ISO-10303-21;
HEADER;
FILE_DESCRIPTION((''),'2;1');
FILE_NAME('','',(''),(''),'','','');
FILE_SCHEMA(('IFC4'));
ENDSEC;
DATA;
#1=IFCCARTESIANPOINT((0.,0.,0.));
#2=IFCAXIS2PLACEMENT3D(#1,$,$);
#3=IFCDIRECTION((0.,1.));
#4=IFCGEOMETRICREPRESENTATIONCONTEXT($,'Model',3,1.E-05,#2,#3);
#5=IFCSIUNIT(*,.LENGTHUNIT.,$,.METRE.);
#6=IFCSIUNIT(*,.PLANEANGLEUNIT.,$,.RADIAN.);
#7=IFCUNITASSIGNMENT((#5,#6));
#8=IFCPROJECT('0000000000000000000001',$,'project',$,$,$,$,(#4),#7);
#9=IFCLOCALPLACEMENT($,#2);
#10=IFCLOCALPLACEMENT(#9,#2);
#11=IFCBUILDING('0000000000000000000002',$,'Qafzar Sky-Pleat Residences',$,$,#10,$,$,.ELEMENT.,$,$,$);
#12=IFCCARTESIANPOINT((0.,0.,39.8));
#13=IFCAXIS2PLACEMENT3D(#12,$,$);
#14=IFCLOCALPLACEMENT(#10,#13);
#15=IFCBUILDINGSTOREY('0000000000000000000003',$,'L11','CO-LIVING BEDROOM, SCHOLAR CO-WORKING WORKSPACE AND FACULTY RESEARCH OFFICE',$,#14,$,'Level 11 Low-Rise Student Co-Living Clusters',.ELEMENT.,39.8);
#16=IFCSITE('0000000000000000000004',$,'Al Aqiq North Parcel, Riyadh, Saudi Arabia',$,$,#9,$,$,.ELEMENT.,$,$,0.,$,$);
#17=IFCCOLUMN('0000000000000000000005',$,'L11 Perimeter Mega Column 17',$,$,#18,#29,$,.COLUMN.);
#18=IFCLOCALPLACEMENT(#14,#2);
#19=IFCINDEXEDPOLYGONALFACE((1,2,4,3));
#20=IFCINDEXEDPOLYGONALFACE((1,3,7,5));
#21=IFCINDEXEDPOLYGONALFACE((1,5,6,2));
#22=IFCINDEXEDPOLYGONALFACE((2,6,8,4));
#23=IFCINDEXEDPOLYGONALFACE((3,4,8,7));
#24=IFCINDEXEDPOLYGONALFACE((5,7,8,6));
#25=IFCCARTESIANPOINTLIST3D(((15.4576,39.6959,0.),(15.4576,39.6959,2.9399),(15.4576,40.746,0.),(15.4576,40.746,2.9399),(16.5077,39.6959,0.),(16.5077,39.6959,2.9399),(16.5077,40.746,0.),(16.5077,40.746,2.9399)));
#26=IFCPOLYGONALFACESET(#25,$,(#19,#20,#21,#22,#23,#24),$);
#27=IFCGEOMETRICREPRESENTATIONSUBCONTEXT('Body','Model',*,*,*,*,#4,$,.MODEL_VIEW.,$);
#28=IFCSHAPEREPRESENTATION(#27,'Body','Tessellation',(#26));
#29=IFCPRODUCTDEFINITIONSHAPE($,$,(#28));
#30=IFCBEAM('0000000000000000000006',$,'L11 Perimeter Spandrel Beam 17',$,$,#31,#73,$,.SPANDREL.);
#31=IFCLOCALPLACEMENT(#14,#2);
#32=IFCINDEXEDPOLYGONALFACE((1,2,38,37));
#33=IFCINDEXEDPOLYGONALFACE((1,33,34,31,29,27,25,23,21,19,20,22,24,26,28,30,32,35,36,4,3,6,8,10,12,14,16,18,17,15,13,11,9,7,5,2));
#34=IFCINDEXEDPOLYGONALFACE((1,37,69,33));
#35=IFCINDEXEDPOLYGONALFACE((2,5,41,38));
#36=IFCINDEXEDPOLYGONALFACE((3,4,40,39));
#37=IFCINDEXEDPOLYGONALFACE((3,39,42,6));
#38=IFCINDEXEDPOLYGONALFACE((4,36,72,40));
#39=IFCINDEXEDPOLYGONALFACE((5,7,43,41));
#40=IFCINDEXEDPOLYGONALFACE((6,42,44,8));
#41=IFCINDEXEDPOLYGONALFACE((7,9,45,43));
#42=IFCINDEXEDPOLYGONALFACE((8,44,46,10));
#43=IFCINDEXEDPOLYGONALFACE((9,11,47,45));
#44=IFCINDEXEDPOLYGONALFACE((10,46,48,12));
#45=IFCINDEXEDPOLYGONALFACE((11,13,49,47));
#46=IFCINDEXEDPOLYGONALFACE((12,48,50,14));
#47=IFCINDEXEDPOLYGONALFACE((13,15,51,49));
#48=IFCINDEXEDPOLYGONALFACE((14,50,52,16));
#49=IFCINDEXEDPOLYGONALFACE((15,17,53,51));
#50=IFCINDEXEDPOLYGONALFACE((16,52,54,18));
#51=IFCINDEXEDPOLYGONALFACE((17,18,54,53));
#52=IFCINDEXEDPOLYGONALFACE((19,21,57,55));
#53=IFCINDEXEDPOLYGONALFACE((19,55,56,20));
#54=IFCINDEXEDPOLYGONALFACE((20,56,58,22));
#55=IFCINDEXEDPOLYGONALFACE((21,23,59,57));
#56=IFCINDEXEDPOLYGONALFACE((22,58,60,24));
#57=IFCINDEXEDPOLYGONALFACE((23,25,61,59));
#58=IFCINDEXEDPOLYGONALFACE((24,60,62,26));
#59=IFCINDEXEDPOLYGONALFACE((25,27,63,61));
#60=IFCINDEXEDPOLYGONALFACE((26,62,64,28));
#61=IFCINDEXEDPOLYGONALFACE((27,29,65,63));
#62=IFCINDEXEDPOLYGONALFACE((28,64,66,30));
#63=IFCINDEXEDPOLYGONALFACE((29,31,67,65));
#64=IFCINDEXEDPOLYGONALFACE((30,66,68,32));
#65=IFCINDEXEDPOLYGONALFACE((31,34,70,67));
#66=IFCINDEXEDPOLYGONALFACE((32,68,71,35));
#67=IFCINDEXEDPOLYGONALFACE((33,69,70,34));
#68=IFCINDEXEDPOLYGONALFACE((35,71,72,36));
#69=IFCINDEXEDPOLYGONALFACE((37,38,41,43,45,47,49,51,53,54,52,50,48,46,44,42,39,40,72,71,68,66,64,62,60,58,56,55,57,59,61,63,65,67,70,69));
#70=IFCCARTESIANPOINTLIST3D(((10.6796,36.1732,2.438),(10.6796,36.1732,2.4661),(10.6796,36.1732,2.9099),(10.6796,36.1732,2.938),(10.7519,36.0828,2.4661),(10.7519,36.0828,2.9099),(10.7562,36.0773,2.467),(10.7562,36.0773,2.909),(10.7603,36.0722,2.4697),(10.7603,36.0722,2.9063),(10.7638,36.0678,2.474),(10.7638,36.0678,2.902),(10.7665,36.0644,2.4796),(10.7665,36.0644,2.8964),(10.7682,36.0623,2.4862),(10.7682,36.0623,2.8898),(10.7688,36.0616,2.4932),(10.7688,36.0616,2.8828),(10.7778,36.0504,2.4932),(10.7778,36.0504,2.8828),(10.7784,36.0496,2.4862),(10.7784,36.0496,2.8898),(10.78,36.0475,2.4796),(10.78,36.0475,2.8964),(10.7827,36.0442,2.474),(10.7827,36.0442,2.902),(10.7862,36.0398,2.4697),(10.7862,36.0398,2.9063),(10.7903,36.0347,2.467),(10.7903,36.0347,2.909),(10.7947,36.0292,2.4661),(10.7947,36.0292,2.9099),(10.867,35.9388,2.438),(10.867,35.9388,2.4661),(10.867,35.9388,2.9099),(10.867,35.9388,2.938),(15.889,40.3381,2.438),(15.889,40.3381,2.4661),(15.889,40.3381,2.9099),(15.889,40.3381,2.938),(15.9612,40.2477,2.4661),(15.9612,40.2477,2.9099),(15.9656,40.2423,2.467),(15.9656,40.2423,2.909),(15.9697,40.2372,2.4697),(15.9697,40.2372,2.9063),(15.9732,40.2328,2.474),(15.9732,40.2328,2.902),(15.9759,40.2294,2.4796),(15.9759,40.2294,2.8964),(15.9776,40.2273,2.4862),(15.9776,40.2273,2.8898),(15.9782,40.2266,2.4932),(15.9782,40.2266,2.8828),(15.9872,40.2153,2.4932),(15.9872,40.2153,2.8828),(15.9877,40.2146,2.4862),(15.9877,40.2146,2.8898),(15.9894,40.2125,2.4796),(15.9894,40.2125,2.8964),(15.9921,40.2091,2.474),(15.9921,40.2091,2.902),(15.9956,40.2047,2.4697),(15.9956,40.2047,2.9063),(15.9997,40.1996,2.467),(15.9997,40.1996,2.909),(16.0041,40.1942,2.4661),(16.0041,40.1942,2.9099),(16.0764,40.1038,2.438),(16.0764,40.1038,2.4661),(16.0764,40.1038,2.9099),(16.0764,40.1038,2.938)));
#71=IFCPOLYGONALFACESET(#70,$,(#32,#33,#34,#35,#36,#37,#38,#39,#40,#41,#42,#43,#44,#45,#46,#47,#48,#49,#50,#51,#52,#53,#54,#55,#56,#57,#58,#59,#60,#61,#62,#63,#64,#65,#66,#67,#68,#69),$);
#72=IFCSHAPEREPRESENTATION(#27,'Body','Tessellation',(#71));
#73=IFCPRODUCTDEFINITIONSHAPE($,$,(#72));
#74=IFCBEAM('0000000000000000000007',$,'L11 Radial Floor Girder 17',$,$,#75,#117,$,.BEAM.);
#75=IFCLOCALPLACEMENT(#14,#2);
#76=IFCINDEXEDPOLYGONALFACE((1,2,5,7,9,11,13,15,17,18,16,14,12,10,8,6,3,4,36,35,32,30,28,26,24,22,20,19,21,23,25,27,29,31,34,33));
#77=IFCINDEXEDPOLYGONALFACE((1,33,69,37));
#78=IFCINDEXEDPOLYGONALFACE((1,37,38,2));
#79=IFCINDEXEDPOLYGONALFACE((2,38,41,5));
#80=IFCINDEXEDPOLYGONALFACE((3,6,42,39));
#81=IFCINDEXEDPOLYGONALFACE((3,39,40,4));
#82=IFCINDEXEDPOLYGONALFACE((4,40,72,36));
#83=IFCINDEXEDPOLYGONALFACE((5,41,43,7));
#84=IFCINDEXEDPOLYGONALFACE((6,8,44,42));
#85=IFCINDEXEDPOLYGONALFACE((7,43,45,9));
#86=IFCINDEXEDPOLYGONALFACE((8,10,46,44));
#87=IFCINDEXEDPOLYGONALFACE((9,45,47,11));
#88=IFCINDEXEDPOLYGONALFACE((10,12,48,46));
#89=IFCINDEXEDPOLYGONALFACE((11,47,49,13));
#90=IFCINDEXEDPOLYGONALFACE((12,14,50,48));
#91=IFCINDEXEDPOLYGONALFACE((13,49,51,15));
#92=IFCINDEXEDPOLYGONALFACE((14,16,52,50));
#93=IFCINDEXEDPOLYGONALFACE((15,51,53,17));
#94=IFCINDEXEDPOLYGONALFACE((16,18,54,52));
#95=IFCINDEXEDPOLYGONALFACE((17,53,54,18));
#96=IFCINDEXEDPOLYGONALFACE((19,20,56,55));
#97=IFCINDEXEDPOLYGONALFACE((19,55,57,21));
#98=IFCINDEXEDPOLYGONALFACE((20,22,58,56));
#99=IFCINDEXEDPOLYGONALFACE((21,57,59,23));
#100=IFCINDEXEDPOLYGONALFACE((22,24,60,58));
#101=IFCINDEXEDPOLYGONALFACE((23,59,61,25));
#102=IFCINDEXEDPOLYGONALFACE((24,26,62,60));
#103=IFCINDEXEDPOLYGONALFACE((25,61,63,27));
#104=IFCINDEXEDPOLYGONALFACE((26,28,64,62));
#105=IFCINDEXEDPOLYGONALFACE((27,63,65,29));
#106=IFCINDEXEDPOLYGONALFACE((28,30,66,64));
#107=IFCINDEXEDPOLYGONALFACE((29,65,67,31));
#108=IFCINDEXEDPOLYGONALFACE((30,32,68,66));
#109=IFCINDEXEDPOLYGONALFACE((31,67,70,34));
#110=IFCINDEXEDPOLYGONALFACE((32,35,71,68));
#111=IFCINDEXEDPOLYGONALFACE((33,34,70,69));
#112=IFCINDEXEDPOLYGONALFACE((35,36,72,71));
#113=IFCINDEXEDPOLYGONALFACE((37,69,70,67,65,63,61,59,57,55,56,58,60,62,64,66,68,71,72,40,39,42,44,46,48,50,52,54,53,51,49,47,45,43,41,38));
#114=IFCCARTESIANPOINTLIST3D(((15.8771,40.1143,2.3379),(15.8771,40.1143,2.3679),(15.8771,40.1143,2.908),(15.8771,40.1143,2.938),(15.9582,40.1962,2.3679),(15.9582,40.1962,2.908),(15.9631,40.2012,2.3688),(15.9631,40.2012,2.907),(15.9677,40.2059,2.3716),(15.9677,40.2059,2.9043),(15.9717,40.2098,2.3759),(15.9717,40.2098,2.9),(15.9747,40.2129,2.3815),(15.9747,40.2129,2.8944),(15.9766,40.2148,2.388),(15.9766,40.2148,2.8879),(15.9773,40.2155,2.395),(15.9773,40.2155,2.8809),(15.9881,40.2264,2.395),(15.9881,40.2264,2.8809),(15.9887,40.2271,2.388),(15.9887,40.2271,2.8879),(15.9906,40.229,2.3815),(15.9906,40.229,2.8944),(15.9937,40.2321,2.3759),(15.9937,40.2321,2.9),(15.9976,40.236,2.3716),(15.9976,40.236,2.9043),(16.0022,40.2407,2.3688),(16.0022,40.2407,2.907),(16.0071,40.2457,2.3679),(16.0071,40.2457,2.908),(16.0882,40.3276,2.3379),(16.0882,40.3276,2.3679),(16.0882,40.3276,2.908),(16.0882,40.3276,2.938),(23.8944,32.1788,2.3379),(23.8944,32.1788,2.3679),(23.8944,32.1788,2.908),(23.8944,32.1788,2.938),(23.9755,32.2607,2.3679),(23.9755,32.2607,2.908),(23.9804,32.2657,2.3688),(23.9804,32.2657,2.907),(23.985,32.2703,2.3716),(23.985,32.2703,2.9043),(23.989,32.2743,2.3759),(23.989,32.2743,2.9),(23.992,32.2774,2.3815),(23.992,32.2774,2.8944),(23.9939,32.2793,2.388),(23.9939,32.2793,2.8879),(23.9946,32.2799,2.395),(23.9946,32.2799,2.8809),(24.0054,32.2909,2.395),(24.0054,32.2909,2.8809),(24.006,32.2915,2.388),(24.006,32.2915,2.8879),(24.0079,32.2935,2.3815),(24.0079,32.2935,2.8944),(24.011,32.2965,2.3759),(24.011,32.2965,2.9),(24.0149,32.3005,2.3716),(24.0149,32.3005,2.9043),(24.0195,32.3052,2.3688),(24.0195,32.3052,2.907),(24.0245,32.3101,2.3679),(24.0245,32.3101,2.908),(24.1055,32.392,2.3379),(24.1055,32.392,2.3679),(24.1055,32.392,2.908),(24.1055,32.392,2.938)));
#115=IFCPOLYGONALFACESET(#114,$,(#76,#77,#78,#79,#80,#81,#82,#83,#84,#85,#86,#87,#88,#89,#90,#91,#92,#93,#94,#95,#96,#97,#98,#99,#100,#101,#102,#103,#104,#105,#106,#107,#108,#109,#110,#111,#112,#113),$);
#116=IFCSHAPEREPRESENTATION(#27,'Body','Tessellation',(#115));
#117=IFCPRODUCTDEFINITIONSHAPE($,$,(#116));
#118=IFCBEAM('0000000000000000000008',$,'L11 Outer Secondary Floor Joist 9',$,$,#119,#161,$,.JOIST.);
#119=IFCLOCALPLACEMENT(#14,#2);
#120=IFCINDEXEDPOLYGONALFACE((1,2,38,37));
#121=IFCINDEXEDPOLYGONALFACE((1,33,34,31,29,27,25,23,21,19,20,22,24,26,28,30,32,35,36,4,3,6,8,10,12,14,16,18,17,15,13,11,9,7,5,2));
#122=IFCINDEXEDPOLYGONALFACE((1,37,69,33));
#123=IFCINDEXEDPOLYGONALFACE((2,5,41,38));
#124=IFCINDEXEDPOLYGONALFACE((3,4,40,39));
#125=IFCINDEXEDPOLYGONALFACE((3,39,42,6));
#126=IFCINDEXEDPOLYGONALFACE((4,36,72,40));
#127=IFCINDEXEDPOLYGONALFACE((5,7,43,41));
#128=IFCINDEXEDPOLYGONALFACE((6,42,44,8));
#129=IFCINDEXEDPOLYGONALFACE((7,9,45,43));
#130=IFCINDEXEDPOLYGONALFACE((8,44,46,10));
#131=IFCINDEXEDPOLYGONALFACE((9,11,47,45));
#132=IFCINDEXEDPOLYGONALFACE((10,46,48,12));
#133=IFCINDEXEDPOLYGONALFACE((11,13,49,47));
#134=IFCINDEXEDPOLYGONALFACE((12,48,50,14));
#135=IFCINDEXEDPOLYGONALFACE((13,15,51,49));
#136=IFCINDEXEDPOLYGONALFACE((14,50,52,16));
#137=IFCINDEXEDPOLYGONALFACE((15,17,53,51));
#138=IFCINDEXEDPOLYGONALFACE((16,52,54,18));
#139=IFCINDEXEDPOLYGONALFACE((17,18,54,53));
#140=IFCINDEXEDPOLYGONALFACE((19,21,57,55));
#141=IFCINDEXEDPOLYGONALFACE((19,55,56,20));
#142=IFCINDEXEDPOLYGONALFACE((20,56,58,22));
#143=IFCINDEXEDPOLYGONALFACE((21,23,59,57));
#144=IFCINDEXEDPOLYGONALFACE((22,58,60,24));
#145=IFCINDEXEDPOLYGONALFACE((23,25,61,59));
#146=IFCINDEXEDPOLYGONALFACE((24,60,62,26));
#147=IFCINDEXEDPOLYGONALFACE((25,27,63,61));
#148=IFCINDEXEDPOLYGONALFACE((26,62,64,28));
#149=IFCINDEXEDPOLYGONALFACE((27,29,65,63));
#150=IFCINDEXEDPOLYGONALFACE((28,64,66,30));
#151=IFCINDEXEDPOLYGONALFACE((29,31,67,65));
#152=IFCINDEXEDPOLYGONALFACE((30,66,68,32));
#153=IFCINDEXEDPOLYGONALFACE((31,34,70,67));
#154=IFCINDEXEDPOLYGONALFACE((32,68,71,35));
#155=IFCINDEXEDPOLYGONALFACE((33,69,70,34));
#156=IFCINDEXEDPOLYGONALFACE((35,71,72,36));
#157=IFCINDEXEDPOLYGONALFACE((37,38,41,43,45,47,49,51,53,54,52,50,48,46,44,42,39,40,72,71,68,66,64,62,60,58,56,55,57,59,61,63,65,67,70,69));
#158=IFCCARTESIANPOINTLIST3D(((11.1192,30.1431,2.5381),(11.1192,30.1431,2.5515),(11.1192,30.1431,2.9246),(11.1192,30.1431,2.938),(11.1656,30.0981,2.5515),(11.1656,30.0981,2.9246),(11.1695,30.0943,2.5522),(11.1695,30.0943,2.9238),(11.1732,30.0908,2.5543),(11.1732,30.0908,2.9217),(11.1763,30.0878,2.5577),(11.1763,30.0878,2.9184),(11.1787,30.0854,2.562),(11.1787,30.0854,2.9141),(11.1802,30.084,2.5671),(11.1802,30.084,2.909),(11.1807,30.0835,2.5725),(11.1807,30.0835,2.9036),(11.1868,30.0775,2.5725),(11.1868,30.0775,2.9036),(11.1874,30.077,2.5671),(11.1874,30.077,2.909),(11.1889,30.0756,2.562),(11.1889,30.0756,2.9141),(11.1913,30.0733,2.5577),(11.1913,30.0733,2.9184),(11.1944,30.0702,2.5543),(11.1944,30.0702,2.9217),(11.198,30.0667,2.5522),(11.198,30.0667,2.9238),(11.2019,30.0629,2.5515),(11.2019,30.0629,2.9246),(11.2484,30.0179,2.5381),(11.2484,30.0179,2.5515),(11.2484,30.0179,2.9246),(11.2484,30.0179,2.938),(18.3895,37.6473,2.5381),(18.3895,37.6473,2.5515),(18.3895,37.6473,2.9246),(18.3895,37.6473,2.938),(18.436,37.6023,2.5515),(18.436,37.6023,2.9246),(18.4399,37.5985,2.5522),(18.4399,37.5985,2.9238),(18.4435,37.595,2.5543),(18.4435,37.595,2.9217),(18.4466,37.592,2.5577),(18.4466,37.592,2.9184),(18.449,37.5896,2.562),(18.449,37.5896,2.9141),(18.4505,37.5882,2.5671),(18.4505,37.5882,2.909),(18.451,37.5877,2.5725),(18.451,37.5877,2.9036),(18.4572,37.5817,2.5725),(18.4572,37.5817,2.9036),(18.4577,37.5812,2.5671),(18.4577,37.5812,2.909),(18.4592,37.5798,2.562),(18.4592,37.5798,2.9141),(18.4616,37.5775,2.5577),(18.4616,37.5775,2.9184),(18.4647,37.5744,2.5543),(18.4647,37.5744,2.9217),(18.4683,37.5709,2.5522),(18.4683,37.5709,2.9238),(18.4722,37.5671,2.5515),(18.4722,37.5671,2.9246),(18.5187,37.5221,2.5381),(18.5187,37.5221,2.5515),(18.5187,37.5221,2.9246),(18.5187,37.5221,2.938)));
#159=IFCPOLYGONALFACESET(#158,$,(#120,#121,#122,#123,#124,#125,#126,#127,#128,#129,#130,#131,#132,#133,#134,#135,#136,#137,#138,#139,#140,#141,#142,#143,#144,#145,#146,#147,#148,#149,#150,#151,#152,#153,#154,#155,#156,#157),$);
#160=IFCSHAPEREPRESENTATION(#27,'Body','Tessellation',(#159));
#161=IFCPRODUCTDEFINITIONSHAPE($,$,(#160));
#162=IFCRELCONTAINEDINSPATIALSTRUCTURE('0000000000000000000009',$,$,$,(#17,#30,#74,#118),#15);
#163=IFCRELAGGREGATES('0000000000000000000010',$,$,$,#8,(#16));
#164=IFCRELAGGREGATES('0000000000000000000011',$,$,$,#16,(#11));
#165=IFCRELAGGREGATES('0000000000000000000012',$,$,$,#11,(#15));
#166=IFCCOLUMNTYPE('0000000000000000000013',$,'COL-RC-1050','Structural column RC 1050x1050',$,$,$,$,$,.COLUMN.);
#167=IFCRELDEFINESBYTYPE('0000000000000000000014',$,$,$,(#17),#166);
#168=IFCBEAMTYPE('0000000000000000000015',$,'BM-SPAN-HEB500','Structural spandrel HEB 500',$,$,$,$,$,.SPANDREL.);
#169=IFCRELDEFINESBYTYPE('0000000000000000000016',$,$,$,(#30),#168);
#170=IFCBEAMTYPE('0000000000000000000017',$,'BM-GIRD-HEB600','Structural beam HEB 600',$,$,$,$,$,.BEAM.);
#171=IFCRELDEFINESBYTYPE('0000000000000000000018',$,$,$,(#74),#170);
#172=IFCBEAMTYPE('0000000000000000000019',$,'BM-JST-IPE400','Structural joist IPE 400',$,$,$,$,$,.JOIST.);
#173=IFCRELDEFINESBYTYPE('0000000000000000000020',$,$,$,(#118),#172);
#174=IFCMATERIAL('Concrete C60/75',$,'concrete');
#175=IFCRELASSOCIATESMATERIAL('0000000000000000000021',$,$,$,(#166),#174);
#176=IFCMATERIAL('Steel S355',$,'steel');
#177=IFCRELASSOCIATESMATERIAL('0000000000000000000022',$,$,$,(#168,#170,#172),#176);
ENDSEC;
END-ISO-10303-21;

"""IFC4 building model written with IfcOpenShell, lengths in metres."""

from ifc_helpers import new_model, si_unit, direction, frame, origin, origin_2d, place, context, subcontext, project, spatial, rectangle, i_section, extrude, source, transform, mapped, material, material_profile, profile_set, type_object, element, save


model = new_model("IFC4")

# Units and contexts
model_context = context("Model", 3, precision=1e-05, world=origin(), true_north=direction((0.0, 1.0)))
body_context = subcontext(model_context, "Body", "Model", "MODEL_VIEW")
ifc_project = project(units=[si_unit("LENGTHUNIT", "METRE"), si_unit("PLANEANGLEUNIT", "RADIAN")], contexts=[model_context])

# Site, building, storey
site_placement = place(None, origin())
site = spatial("IfcSite", under=ifc_project, at=site_placement, Name="Al Aqiq North Parcel, Riyadh, Saudi Arabia", CompositionType="ELEMENT", RefElevation=0.0)
building_placement = place(site_placement, origin())
building = spatial("IfcBuilding", under=site, at=building_placement, Name="Qafzar Sky-Pleat Residences", CompositionType="ELEMENT")
storey_placement = place(building_placement, frame((0.0, 0.0, 39.8)))
storey = spatial("IfcBuildingStorey", under=building, at=storey_placement, Name="L11", Description="CO-LIVING BEDROOM, SCHOLAR CO-WORKING WORKSPACE AND FACULTY RESEARCH OFFICE", LongName="Level 11 Low-Rise Student Co-Living Clusters", CompositionType="ELEMENT", Elevation=39.8)

# Column
ifc_material_1 = material(Name="Concrete C60/75", Category="concrete")
ifc_material_profile_1 = material_profile(ifc_material_1, rectangle(XDim=1.05, YDim=1.05, at=origin_2d()), Name="RC 1050x1050")
ifc_profile_set_1 = profile_set([ifc_material_profile_1], Name="Concrete C60/75")
column_type = type_object("IfcColumnType", Name="COL-RC-1050", Description="Structural column RC 1050x1050", PredefinedType="COLUMN", material=ifc_profile_set_1)
shared_shape_1 = source(origin(), body_context, "Body", "SweptSolid", [
    extrude(rectangle(XDim=1.05, YDim=1.05, at=origin_2d()), origin(), (0.0, 0.0, 1.0), 2.9399),
])
column_placement = place(storey_placement, frame((15.9827, 40.2209, 0.0), z_axis=(0.0, 0.0, 1.0), x_axis=(1.0, 0.0, 0.0)))
element("IfcColumn", 1, at=column_placement, inside=storey, type_object=column_type, Name="L11 Perimeter Mega Column 17", PredefinedType="COLUMN", context=body_context, shape_type="MappedRepresentation", body=[
    mapped(shared_shape_1, transform((0.0, 0.0, 0.0), x_axis=(1.0, 0.0, 0.0), y_axis=(0.0, 1.0, 0.0), z_axis=(0.0, 0.0, 1.0), scale=1.0)),
])

# Beams
ifc_material_2 = material(Name="Steel S355", Category="steel")
ifc_material_profile_2 = material_profile(ifc_material_2, i_section(OverallWidth=0.3, OverallDepth=0.5, WebThickness=0.0144, FlangeThickness=0.0281, FilletRadius=0.0271, at=origin_2d()), Name="HEB 500")
ifc_profile_set_2 = profile_set([ifc_material_profile_2], Name="Steel S355")
beam_type_1 = type_object("IfcBeamType", Name="BM-SPAN-HEB500", Description="Structural spandrel HEB 500", PredefinedType="SPANDREL", material=ifc_profile_set_2)
shared_shape_2 = source(origin(), body_context, "Body", "SweptSolid", [
    extrude(i_section(OverallWidth=0.3, OverallDepth=0.5, WebThickness=0.0144, FlangeThickness=0.0281, FilletRadius=0.0271, at=origin_2d()), origin(), (0.0, 0.0, 1.0), 6.6697),
])
beam_1_placement = place(storey_placement, frame((15.9827, 40.2209, 2.688), z_axis=(-0.781054, -0.624463, 0.0), x_axis=(0.624463, -0.781054, 0.0)))
element("IfcBeam", 2, at=beam_1_placement, inside=storey, type_object=beam_type_1, Name="L11 Perimeter Spandrel Beam 17", PredefinedType="SPANDREL", context=body_context, shape_type="MappedRepresentation", body=[
    mapped(shared_shape_2, transform((0.0, 0.0, 0.0), x_axis=(1.0, 0.0, 0.0), y_axis=(0.0, 1.0, 0.0), z_axis=(0.0, 0.0, 1.0), scale=1.0)),
])
ifc_material_profile_3 = material_profile(ifc_material_2, i_section(OverallWidth=0.3, OverallDepth=0.6001, WebThickness=0.0154, FlangeThickness=0.03, FilletRadius=0.0271, at=origin_2d()), Name="HEB 600")
ifc_profile_set_3 = profile_set([ifc_material_profile_3], Name="Steel S355")
beam_type_2 = type_object("IfcBeamType", Name="BM-GIRD-HEB600", Description="Structural beam HEB 600", PredefinedType="BEAM", material=ifc_profile_set_3)
shared_shape_3 = source(origin(), body_context, "Body", "SweptSolid", [
    extrude(i_section(OverallWidth=0.3, OverallDepth=0.6001, WebThickness=0.0154, FlangeThickness=0.03, FilletRadius=0.0271, at=origin_2d()), origin(), (0.0, 0.0, 1.0), 11.2805),
])
beam_2_placement = place(storey_placement, frame((15.9827, 40.2209, 2.6379), z_axis=(0.710723, -0.703472, 0.0), x_axis=(0.703472, 0.710723, 0.0)))
element("IfcBeam", 3, at=beam_2_placement, inside=storey, type_object=beam_type_2, Name="L11 Radial Floor Girder 17", PredefinedType="BEAM", context=body_context, shape_type="MappedRepresentation", body=[
    mapped(shared_shape_3, transform((0.0, 0.0, 0.0), x_axis=(1.0, 0.0, 0.0), y_axis=(0.0, 1.0, 0.0), z_axis=(0.0, 0.0, 1.0), scale=1.0)),
])
ifc_material_profile_4 = material_profile(ifc_material_2, i_section(OverallWidth=0.1799, OverallDepth=0.3999, WebThickness=0.0085, FlangeThickness=0.0134, FilletRadius=0.021, at=origin_2d()), Name="IPE 400")
ifc_profile_set_4 = profile_set([ifc_material_profile_4], Name="Steel S355")
beam_type_3 = type_object("IfcBeamType", Name="BM-JST-IPE400", Description="Structural joist IPE 400", PredefinedType="JOIST", material=ifc_profile_set_4)
shared_shape_4 = source(origin(), body_context, "Body", "SweptSolid", [
    extrude(i_section(OverallWidth=0.1799, OverallDepth=0.3999, WebThickness=0.0085, FlangeThickness=0.0134, FilletRadius=0.021, at=origin_2d()), origin(), (0.0, 0.0, 1.0), 10.4485),
])
beam_3_placement = place(storey_placement, frame((18.4541, 37.5847, 2.738), z_axis=(-0.695826, -0.718211, 0.0), x_axis=(0.718211, -0.695826, 0.0)))
element("IfcBeam", 4, at=beam_3_placement, inside=storey, type_object=beam_type_3, Name="L11 Outer Secondary Floor Joist 9", PredefinedType="JOIST", context=body_context, shape_type="MappedRepresentation", body=[
    mapped(shared_shape_4, transform((0.0, 0.0, 0.0), x_axis=(1.0, 0.0, 0.0), y_axis=(0.0, 1.0, 0.0), z_axis=(0.0, 0.0, 1.0), scale=1.0)),
])

save(model, "model.ifc")
